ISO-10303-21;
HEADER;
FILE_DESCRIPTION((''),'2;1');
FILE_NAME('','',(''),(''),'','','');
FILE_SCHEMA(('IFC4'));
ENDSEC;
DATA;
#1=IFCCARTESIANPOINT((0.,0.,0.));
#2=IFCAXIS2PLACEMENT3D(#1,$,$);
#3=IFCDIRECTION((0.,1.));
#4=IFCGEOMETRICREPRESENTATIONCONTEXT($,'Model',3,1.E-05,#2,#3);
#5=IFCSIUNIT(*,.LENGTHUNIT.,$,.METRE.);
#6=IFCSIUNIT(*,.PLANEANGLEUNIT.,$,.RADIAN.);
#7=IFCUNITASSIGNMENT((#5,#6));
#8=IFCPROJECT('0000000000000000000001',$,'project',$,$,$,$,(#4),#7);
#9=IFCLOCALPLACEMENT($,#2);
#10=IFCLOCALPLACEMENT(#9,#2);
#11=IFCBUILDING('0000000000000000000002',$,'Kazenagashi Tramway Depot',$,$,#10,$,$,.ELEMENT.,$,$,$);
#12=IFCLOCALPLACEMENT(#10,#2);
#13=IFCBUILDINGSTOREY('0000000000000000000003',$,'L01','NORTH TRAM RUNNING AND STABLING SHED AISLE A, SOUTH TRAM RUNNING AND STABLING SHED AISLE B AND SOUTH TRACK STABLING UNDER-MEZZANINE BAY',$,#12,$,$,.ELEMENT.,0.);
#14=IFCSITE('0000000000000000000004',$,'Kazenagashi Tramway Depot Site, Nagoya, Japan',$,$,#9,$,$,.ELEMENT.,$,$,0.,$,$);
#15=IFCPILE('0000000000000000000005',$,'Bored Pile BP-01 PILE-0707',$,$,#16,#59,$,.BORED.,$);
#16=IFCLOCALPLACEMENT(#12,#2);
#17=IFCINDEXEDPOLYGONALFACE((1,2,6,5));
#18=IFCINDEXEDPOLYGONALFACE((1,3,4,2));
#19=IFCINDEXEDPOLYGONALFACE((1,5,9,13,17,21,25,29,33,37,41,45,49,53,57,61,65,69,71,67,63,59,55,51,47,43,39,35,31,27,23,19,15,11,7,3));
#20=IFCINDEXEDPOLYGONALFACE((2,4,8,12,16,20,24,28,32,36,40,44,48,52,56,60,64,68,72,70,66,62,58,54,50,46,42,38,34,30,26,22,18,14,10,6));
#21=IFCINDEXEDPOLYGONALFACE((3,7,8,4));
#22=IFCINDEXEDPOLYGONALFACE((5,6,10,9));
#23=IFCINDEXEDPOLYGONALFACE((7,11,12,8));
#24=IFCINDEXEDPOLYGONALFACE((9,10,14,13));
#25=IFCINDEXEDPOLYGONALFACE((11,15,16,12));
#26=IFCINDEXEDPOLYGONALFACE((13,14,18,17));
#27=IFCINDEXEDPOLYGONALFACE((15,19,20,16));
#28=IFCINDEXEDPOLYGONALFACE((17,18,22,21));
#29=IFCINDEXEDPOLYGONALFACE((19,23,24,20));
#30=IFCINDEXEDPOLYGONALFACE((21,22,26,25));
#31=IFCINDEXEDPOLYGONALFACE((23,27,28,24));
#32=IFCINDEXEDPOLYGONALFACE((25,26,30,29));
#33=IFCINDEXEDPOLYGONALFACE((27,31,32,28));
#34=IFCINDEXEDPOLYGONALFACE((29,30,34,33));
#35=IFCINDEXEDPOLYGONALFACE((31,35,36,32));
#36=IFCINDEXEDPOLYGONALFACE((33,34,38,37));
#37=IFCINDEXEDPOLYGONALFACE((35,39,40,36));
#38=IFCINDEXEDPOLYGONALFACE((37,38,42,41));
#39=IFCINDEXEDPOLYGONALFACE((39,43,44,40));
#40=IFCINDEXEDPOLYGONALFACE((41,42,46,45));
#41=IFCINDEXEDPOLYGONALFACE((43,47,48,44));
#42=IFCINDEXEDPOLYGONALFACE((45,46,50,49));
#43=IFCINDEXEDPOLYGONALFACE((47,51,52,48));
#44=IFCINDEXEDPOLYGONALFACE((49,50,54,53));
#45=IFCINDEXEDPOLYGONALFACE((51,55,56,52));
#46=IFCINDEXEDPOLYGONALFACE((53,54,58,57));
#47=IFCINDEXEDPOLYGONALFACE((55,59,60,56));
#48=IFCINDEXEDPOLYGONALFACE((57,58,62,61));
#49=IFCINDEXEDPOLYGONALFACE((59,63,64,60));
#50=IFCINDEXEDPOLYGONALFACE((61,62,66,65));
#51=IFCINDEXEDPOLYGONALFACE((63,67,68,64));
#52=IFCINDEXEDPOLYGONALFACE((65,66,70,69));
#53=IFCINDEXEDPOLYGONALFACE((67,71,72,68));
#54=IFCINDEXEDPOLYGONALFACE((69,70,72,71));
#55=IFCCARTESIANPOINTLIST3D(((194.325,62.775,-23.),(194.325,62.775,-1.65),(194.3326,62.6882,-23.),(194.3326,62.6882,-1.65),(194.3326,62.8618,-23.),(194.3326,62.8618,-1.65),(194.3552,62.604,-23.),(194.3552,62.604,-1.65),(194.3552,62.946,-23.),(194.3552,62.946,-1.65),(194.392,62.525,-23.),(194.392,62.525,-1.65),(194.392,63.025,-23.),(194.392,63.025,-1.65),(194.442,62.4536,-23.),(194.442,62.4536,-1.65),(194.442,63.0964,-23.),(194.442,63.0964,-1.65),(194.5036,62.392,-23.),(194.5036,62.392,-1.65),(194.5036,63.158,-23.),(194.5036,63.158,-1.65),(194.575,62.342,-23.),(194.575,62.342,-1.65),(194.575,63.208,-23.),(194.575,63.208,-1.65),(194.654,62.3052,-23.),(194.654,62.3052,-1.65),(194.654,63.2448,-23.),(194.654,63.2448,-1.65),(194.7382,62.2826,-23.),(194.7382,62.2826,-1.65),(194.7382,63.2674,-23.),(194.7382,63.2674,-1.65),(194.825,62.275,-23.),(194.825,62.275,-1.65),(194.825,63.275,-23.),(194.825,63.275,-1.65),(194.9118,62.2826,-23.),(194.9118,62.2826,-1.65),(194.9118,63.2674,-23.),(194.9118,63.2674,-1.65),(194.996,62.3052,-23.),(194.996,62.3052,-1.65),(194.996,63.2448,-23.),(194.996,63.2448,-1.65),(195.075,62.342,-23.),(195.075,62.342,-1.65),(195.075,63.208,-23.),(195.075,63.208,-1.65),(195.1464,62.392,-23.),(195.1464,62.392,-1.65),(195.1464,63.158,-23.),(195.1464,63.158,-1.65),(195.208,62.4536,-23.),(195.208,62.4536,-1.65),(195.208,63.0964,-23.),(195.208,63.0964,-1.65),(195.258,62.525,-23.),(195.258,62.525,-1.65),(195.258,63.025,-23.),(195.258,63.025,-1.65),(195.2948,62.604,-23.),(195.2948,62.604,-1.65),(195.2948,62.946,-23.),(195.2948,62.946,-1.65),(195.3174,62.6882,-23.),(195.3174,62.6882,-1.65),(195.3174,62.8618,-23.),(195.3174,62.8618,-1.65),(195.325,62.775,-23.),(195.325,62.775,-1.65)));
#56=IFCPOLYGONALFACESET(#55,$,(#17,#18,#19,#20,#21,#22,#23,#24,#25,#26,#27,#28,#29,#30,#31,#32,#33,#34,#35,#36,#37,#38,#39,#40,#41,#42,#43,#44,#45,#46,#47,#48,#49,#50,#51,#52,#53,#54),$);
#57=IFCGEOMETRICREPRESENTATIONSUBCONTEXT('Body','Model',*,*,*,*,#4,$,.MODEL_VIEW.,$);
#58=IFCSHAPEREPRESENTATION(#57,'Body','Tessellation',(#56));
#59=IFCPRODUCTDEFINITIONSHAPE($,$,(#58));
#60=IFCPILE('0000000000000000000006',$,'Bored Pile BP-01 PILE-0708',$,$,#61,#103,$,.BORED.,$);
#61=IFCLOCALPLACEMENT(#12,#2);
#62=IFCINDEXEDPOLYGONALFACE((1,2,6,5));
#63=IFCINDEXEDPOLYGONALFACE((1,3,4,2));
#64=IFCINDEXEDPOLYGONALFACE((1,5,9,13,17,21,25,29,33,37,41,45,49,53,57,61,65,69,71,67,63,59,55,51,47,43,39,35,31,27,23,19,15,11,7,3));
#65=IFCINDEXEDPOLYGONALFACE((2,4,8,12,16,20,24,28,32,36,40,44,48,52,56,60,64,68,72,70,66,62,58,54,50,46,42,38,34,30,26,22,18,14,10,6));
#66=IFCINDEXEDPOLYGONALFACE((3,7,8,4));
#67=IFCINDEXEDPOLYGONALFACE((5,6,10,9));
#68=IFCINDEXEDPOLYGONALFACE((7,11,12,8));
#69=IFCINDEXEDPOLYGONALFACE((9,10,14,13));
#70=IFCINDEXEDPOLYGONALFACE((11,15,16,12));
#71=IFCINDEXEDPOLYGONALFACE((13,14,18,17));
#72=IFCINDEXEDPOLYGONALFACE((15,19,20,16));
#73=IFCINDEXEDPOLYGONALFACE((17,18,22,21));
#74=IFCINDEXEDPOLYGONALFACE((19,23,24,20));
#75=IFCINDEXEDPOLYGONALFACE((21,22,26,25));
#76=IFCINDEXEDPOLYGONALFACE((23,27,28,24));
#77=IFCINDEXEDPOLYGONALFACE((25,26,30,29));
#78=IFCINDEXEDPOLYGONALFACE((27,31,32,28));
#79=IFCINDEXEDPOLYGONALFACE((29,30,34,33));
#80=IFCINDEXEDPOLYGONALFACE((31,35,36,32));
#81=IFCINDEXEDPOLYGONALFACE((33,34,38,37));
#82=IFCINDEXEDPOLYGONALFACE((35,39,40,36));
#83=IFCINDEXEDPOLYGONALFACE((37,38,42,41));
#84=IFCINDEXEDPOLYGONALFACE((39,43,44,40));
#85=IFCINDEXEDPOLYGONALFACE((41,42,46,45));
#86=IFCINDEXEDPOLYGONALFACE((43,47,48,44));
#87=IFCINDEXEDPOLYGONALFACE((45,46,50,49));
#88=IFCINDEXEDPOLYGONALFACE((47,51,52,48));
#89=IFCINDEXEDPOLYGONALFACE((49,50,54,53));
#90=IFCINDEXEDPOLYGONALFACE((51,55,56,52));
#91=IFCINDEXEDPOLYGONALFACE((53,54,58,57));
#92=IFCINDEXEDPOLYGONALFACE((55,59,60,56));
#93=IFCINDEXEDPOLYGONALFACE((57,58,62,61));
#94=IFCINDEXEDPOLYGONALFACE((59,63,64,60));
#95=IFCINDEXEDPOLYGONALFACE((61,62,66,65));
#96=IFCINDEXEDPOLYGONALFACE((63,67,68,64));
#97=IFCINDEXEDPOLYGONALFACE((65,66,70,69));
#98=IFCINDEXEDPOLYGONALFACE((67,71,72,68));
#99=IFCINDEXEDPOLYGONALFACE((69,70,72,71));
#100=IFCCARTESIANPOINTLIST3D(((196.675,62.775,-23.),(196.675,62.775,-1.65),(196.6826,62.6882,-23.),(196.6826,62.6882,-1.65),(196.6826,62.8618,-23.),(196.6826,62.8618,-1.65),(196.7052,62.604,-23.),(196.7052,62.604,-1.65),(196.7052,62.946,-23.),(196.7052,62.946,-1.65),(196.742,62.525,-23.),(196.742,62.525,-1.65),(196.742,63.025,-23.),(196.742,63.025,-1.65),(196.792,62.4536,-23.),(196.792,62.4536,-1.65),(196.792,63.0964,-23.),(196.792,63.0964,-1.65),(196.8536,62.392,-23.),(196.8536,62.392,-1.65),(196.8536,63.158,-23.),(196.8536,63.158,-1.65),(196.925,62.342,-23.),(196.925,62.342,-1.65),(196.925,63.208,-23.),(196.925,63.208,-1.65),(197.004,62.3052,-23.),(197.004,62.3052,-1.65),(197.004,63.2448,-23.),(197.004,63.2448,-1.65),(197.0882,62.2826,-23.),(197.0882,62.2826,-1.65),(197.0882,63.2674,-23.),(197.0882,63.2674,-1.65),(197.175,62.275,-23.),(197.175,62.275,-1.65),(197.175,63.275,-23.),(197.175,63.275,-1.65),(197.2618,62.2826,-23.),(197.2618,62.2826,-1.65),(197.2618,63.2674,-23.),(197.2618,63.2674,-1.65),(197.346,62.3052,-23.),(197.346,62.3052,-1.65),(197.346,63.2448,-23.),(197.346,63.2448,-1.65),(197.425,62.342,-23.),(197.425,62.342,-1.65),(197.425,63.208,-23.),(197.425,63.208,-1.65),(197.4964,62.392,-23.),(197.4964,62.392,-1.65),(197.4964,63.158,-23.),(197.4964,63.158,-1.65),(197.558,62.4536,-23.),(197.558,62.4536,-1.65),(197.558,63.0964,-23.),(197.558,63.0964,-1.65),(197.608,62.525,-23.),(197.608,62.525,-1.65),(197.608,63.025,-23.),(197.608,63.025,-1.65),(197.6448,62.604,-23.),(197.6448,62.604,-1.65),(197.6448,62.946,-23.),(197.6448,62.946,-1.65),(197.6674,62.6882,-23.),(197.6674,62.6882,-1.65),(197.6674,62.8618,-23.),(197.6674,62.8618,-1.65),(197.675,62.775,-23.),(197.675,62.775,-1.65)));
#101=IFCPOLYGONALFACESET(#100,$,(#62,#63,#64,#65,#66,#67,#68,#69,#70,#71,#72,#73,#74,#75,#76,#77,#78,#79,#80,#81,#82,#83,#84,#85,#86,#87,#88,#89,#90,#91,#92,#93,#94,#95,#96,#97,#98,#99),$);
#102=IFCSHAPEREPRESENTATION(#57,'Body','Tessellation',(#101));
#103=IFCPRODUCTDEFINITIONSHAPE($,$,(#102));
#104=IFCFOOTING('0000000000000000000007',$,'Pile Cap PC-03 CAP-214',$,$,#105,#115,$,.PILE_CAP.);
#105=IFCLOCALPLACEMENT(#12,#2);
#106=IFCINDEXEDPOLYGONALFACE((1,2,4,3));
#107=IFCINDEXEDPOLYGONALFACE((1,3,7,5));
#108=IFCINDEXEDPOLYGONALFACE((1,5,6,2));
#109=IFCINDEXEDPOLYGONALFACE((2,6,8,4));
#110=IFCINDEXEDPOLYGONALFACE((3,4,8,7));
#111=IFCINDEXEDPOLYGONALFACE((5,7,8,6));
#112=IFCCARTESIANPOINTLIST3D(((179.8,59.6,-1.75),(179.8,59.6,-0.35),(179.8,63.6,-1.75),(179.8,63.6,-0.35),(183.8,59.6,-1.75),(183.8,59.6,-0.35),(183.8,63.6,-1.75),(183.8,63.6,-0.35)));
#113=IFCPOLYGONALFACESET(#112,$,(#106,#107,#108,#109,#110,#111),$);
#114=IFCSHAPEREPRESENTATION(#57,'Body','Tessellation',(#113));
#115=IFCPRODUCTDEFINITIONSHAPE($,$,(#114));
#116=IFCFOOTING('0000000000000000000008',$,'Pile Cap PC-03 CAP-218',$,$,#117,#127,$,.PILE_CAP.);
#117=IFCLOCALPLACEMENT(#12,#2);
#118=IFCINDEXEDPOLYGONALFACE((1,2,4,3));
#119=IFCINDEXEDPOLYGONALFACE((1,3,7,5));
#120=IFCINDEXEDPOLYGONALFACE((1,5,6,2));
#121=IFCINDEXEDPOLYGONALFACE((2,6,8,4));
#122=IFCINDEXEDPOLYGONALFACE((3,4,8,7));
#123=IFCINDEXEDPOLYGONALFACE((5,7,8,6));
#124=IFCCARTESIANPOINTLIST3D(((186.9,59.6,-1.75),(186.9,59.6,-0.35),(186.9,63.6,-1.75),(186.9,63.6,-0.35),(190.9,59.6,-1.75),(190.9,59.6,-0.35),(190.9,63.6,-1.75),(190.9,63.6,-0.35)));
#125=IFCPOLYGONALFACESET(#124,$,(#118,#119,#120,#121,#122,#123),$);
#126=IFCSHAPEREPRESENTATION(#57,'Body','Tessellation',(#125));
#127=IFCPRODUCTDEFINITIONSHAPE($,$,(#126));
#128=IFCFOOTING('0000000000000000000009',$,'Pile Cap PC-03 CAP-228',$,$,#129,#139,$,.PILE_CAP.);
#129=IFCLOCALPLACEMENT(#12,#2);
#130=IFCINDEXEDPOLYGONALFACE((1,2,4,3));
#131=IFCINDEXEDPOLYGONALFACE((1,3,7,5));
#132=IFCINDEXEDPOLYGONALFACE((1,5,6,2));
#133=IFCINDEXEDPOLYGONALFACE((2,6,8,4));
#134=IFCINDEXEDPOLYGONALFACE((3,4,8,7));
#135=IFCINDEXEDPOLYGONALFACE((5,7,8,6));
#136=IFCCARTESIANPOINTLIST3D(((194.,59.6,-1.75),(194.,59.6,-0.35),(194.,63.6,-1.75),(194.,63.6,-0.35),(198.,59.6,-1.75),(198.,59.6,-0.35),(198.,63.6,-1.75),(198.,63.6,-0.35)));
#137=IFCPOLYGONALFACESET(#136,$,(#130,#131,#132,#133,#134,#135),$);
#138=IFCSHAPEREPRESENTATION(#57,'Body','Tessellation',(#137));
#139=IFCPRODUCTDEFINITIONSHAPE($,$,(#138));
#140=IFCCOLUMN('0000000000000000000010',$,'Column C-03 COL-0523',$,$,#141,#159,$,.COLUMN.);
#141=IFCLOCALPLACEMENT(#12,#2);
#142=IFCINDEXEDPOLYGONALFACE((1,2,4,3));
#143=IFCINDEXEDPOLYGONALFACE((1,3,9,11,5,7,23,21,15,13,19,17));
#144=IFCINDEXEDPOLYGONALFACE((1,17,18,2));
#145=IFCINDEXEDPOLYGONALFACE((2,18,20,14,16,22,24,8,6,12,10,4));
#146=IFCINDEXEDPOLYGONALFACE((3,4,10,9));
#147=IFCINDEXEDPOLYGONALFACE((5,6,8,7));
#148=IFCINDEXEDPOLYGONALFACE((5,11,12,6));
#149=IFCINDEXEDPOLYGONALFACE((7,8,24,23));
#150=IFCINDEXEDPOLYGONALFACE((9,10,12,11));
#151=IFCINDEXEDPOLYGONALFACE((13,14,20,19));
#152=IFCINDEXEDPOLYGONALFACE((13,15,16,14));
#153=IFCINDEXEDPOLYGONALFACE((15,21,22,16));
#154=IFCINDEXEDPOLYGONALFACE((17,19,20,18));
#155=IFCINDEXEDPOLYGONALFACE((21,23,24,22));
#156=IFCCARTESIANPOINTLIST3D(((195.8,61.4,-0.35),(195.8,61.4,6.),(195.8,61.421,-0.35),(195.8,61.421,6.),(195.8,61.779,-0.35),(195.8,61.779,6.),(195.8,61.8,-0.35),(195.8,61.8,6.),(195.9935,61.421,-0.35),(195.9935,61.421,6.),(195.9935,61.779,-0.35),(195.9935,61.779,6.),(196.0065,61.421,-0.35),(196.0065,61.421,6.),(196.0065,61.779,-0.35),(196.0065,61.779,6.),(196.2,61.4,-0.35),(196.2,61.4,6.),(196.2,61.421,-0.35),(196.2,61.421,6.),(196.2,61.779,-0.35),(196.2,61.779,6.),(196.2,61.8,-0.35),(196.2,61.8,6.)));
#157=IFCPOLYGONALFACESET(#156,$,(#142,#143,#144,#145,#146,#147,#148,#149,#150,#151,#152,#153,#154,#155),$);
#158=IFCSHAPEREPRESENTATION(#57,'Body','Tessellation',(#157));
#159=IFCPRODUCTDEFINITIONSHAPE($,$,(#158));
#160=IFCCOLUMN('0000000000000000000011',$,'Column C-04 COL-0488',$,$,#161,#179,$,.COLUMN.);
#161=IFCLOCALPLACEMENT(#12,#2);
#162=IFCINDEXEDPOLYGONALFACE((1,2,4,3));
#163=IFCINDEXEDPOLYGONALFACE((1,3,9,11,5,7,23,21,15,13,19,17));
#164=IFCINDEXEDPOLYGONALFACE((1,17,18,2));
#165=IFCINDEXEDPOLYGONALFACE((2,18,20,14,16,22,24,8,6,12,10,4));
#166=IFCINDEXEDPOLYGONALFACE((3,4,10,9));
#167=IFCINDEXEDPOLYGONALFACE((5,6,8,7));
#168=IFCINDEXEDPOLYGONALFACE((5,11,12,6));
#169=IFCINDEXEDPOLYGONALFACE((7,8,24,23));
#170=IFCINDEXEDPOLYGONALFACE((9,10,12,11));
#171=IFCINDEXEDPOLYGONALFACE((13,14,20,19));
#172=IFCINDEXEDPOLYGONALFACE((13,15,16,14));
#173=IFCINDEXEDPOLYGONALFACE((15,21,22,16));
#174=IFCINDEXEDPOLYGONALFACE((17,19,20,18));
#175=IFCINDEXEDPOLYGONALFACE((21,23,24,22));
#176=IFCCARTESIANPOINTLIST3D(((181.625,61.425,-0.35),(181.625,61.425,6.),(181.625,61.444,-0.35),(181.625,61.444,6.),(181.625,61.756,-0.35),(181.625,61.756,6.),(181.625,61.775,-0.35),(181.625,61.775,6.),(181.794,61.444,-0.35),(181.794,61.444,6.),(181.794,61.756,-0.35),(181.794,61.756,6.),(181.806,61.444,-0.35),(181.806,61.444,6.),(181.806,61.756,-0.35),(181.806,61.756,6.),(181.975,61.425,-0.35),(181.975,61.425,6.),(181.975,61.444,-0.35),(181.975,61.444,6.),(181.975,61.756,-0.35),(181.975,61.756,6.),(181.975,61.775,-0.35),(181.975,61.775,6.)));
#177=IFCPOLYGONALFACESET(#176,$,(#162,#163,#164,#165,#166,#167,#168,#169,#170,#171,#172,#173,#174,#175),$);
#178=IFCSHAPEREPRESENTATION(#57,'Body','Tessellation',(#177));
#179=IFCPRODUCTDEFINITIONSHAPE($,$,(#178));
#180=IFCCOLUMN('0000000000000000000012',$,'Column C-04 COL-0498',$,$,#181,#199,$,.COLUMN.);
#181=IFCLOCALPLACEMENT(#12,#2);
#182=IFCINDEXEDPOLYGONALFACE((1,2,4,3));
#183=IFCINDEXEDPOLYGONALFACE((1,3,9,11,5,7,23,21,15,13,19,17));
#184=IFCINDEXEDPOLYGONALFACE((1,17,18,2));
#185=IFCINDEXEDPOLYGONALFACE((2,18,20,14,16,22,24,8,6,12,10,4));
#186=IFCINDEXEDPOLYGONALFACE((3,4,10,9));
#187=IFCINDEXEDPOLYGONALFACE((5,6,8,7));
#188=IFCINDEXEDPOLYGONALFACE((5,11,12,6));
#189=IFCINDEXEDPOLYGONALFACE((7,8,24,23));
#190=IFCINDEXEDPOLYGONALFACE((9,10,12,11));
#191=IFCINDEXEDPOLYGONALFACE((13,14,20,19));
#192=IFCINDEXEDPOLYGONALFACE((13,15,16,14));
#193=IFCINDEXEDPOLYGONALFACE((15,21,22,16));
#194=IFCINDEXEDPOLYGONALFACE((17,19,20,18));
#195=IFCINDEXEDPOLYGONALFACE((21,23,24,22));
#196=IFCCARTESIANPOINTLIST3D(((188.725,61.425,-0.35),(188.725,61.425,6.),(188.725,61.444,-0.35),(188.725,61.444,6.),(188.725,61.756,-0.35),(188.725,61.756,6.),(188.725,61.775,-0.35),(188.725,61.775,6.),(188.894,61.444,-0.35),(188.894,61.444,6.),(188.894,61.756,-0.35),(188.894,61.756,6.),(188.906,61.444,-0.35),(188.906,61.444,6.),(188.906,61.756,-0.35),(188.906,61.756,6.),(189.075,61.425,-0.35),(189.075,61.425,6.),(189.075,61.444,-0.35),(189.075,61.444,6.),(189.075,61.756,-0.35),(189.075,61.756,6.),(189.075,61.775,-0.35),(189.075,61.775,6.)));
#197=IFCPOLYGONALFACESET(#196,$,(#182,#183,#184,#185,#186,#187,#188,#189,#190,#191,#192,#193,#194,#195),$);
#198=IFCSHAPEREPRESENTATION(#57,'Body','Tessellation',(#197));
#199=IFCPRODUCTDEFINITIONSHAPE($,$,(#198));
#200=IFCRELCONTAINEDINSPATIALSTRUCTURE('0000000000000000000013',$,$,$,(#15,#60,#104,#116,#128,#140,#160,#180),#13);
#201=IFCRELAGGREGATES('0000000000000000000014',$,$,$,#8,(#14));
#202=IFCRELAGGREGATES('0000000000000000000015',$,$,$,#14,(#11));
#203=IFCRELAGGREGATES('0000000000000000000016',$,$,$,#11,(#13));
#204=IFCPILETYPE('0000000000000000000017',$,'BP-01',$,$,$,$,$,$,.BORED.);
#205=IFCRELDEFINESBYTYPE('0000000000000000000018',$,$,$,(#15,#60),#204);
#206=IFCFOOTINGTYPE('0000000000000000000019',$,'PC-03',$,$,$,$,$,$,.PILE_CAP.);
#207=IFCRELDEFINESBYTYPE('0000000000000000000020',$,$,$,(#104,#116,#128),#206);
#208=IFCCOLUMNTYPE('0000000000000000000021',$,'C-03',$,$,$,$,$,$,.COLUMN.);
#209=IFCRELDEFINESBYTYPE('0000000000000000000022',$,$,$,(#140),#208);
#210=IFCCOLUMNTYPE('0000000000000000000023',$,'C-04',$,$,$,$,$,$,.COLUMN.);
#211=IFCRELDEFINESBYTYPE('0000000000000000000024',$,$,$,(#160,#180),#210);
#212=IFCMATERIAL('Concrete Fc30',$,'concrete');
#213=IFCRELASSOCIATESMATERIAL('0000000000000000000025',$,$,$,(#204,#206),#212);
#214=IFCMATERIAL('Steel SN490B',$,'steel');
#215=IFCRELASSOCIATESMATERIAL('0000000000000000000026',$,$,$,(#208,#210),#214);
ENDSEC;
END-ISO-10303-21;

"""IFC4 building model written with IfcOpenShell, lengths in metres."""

from ifc_helpers import new_model, si_unit, direction, frame, origin, origin_2d, place, context, subcontext, project, spatial, rectangle, circle, i_section, extrude, material, material_profile, profile_set, type_object, element, save


model = new_model("IFC4")

# Units and contexts
model_context = context("Model", 3, precision=1e-05, world=origin(), true_north=direction((0.0, 1.0)))
body_context = subcontext(model_context, "Body", "Model", "MODEL_VIEW")
ifc_project = project(units=[si_unit("LENGTHUNIT", "METRE"), si_unit("PLANEANGLEUNIT", "RADIAN")], contexts=[model_context])

# Site, building, storey
site_placement = place(None, origin())
site = spatial("IfcSite", under=ifc_project, at=site_placement, Name="Kazenagashi Tramway Depot Site, Nagoya, Japan", CompositionType="ELEMENT", RefElevation=0.0)
building_placement = place(site_placement, origin())
building = spatial("IfcBuilding", under=site, at=building_placement, Name="Kazenagashi Tramway Depot", CompositionType="ELEMENT")
storey_placement = place(building_placement, origin())
storey = spatial("IfcBuildingStorey", under=building, at=storey_placement, Name="L01", Description="NORTH TRAM RUNNING AND STABLING SHED AISLE A, SOUTH TRAM RUNNING AND STABLING SHED AISLE B AND SOUTH TRACK STABLING UNDER-MEZZANINE BAY", CompositionType="ELEMENT", Elevation=0.0)

# Piles
ifc_material_1 = material(Name="Concrete Fc30", Category="concrete")
ifc_material_profile_1 = material_profile(ifc_material_1, circle(Radius=0.5, at=origin_2d()), Name="PILE-1000")
ifc_profile_set_1 = profile_set([ifc_material_profile_1], Name="Concrete Fc30")
pile_type = type_object("IfcPileType", Name="BP-01", PredefinedType="BORED", material=ifc_profile_set_1)
for number, where, z_axis, x_axis, name in (
    (1, (194.825, 62.775, -1.65), (0.0, 0.0, -1.0), (1.0, 0.0, 0.0), "Bored Pile BP-01 PILE-0707"),
    (2, (197.175, 62.775, -1.65), (0.0, 0.0, -1.0), (1.0, 0.0, 0.0), "Bored Pile BP-01 PILE-0708"),
):
    element("IfcPile", number, at=place(storey_placement, frame(where, z_axis=z_axis, x_axis=x_axis)), inside=storey, type_object=pile_type, Name=name, PredefinedType="BORED", context=body_context, shape_type="SweptSolid", body=[
        extrude(circle(Radius=0.5, at=origin_2d()), origin(), (0.0, 0.0, 1.0), 21.35),
    ])

# Footings
footing_type = type_object("IfcFootingType", Name="PC-03", PredefinedType="PILE_CAP", material=ifc_material_1)
for number, where, z_axis, x_axis, name in (
    (3, (181.8, 61.6, -1.75), (0.0, 0.0, 1.0), (1.0, 0.0, 0.0), "Pile Cap PC-03 CAP-214"),
    (4, (188.9, 61.6, -1.75), (0.0, 0.0, 1.0), (1.0, 0.0, 0.0), "Pile Cap PC-03 CAP-218"),
    (5, (196.0, 61.6, -1.75), (0.0, 0.0, 1.0), (1.0, 0.0, 0.0), "Pile Cap PC-03 CAP-228"),
):
    element("IfcFooting", number, at=place(storey_placement, frame(where, z_axis=z_axis, x_axis=x_axis)), inside=storey, type_object=footing_type, Name=name, PredefinedType="PILE_CAP", context=body_context, shape_type="SweptSolid", body=[
        extrude(rectangle(XDim=4.0, YDim=4.0, at=origin_2d()), origin(), (0.0, 0.0, 1.0), 1.4),
    ])

# Columns
ifc_material_2 = material(Name="Steel SN490B", Category="steel")
ifc_material_profile_2 = material_profile(ifc_material_2, i_section(OverallWidth=0.4, OverallDepth=0.4, WebThickness=0.013, FlangeThickness=0.021, at=origin_2d()), Name="H-400x400x13x21")
ifc_profile_set_2 = profile_set([ifc_material_profile_2], Name="Steel SN490B")
column_type_1 = type_object("IfcColumnType", Name="C-03", PredefinedType="COLUMN", material=ifc_profile_set_2)
column_placement = place(storey_placement, frame((196.0, 61.6, -0.35), z_axis=(0.0, 0.0, 1.0), x_axis=(1.0, 0.0, 0.0)))
element("IfcColumn", 6, at=column_placement, inside=storey, type_object=column_type_1, Name="Column C-03 COL-0523", PredefinedType="COLUMN", context=body_context, shape_type="SweptSolid", body=[
    extrude(i_section(OverallWidth=0.4, OverallDepth=0.4, WebThickness=0.013, FlangeThickness=0.021, at=origin_2d()), origin(), (0.0, 0.0, 1.0), 6.35),
])
ifc_material_profile_3 = material_profile(ifc_material_2, i_section(OverallWidth=0.35, OverallDepth=0.35, WebThickness=0.012, FlangeThickness=0.019, at=origin_2d()), Name="H-350x350x12x19")
ifc_profile_set_3 = profile_set([ifc_material_profile_3], Name="Steel SN490B")
column_type_2 = type_object("IfcColumnType", Name="C-04", PredefinedType="COLUMN", material=ifc_profile_set_3)
for number, where, z_axis, x_axis, name in (
    (7, (181.8, 61.6, -0.35), (0.0, 0.0, 1.0), (1.0, 0.0, 0.0), "Column C-04 COL-0488"),
    (8, (188.9, 61.6, -0.35), (0.0, 0.0, 1.0), (1.0, 0.0, 0.0), "Column C-04 COL-0498"),
):
    element("IfcColumn", number, at=place(storey_placement, frame(where, z_axis=z_axis, x_axis=x_axis)), inside=storey, type_object=column_type_2, Name=name, PredefinedType="COLUMN", context=body_context, shape_type="SweptSolid", body=[
        extrude(i_section(OverallWidth=0.35, OverallDepth=0.35, WebThickness=0.012, FlangeThickness=0.019, at=origin_2d()), origin(), (0.0, 0.0, 1.0), 6.35),
    ])

save(model, "model.ifc")
